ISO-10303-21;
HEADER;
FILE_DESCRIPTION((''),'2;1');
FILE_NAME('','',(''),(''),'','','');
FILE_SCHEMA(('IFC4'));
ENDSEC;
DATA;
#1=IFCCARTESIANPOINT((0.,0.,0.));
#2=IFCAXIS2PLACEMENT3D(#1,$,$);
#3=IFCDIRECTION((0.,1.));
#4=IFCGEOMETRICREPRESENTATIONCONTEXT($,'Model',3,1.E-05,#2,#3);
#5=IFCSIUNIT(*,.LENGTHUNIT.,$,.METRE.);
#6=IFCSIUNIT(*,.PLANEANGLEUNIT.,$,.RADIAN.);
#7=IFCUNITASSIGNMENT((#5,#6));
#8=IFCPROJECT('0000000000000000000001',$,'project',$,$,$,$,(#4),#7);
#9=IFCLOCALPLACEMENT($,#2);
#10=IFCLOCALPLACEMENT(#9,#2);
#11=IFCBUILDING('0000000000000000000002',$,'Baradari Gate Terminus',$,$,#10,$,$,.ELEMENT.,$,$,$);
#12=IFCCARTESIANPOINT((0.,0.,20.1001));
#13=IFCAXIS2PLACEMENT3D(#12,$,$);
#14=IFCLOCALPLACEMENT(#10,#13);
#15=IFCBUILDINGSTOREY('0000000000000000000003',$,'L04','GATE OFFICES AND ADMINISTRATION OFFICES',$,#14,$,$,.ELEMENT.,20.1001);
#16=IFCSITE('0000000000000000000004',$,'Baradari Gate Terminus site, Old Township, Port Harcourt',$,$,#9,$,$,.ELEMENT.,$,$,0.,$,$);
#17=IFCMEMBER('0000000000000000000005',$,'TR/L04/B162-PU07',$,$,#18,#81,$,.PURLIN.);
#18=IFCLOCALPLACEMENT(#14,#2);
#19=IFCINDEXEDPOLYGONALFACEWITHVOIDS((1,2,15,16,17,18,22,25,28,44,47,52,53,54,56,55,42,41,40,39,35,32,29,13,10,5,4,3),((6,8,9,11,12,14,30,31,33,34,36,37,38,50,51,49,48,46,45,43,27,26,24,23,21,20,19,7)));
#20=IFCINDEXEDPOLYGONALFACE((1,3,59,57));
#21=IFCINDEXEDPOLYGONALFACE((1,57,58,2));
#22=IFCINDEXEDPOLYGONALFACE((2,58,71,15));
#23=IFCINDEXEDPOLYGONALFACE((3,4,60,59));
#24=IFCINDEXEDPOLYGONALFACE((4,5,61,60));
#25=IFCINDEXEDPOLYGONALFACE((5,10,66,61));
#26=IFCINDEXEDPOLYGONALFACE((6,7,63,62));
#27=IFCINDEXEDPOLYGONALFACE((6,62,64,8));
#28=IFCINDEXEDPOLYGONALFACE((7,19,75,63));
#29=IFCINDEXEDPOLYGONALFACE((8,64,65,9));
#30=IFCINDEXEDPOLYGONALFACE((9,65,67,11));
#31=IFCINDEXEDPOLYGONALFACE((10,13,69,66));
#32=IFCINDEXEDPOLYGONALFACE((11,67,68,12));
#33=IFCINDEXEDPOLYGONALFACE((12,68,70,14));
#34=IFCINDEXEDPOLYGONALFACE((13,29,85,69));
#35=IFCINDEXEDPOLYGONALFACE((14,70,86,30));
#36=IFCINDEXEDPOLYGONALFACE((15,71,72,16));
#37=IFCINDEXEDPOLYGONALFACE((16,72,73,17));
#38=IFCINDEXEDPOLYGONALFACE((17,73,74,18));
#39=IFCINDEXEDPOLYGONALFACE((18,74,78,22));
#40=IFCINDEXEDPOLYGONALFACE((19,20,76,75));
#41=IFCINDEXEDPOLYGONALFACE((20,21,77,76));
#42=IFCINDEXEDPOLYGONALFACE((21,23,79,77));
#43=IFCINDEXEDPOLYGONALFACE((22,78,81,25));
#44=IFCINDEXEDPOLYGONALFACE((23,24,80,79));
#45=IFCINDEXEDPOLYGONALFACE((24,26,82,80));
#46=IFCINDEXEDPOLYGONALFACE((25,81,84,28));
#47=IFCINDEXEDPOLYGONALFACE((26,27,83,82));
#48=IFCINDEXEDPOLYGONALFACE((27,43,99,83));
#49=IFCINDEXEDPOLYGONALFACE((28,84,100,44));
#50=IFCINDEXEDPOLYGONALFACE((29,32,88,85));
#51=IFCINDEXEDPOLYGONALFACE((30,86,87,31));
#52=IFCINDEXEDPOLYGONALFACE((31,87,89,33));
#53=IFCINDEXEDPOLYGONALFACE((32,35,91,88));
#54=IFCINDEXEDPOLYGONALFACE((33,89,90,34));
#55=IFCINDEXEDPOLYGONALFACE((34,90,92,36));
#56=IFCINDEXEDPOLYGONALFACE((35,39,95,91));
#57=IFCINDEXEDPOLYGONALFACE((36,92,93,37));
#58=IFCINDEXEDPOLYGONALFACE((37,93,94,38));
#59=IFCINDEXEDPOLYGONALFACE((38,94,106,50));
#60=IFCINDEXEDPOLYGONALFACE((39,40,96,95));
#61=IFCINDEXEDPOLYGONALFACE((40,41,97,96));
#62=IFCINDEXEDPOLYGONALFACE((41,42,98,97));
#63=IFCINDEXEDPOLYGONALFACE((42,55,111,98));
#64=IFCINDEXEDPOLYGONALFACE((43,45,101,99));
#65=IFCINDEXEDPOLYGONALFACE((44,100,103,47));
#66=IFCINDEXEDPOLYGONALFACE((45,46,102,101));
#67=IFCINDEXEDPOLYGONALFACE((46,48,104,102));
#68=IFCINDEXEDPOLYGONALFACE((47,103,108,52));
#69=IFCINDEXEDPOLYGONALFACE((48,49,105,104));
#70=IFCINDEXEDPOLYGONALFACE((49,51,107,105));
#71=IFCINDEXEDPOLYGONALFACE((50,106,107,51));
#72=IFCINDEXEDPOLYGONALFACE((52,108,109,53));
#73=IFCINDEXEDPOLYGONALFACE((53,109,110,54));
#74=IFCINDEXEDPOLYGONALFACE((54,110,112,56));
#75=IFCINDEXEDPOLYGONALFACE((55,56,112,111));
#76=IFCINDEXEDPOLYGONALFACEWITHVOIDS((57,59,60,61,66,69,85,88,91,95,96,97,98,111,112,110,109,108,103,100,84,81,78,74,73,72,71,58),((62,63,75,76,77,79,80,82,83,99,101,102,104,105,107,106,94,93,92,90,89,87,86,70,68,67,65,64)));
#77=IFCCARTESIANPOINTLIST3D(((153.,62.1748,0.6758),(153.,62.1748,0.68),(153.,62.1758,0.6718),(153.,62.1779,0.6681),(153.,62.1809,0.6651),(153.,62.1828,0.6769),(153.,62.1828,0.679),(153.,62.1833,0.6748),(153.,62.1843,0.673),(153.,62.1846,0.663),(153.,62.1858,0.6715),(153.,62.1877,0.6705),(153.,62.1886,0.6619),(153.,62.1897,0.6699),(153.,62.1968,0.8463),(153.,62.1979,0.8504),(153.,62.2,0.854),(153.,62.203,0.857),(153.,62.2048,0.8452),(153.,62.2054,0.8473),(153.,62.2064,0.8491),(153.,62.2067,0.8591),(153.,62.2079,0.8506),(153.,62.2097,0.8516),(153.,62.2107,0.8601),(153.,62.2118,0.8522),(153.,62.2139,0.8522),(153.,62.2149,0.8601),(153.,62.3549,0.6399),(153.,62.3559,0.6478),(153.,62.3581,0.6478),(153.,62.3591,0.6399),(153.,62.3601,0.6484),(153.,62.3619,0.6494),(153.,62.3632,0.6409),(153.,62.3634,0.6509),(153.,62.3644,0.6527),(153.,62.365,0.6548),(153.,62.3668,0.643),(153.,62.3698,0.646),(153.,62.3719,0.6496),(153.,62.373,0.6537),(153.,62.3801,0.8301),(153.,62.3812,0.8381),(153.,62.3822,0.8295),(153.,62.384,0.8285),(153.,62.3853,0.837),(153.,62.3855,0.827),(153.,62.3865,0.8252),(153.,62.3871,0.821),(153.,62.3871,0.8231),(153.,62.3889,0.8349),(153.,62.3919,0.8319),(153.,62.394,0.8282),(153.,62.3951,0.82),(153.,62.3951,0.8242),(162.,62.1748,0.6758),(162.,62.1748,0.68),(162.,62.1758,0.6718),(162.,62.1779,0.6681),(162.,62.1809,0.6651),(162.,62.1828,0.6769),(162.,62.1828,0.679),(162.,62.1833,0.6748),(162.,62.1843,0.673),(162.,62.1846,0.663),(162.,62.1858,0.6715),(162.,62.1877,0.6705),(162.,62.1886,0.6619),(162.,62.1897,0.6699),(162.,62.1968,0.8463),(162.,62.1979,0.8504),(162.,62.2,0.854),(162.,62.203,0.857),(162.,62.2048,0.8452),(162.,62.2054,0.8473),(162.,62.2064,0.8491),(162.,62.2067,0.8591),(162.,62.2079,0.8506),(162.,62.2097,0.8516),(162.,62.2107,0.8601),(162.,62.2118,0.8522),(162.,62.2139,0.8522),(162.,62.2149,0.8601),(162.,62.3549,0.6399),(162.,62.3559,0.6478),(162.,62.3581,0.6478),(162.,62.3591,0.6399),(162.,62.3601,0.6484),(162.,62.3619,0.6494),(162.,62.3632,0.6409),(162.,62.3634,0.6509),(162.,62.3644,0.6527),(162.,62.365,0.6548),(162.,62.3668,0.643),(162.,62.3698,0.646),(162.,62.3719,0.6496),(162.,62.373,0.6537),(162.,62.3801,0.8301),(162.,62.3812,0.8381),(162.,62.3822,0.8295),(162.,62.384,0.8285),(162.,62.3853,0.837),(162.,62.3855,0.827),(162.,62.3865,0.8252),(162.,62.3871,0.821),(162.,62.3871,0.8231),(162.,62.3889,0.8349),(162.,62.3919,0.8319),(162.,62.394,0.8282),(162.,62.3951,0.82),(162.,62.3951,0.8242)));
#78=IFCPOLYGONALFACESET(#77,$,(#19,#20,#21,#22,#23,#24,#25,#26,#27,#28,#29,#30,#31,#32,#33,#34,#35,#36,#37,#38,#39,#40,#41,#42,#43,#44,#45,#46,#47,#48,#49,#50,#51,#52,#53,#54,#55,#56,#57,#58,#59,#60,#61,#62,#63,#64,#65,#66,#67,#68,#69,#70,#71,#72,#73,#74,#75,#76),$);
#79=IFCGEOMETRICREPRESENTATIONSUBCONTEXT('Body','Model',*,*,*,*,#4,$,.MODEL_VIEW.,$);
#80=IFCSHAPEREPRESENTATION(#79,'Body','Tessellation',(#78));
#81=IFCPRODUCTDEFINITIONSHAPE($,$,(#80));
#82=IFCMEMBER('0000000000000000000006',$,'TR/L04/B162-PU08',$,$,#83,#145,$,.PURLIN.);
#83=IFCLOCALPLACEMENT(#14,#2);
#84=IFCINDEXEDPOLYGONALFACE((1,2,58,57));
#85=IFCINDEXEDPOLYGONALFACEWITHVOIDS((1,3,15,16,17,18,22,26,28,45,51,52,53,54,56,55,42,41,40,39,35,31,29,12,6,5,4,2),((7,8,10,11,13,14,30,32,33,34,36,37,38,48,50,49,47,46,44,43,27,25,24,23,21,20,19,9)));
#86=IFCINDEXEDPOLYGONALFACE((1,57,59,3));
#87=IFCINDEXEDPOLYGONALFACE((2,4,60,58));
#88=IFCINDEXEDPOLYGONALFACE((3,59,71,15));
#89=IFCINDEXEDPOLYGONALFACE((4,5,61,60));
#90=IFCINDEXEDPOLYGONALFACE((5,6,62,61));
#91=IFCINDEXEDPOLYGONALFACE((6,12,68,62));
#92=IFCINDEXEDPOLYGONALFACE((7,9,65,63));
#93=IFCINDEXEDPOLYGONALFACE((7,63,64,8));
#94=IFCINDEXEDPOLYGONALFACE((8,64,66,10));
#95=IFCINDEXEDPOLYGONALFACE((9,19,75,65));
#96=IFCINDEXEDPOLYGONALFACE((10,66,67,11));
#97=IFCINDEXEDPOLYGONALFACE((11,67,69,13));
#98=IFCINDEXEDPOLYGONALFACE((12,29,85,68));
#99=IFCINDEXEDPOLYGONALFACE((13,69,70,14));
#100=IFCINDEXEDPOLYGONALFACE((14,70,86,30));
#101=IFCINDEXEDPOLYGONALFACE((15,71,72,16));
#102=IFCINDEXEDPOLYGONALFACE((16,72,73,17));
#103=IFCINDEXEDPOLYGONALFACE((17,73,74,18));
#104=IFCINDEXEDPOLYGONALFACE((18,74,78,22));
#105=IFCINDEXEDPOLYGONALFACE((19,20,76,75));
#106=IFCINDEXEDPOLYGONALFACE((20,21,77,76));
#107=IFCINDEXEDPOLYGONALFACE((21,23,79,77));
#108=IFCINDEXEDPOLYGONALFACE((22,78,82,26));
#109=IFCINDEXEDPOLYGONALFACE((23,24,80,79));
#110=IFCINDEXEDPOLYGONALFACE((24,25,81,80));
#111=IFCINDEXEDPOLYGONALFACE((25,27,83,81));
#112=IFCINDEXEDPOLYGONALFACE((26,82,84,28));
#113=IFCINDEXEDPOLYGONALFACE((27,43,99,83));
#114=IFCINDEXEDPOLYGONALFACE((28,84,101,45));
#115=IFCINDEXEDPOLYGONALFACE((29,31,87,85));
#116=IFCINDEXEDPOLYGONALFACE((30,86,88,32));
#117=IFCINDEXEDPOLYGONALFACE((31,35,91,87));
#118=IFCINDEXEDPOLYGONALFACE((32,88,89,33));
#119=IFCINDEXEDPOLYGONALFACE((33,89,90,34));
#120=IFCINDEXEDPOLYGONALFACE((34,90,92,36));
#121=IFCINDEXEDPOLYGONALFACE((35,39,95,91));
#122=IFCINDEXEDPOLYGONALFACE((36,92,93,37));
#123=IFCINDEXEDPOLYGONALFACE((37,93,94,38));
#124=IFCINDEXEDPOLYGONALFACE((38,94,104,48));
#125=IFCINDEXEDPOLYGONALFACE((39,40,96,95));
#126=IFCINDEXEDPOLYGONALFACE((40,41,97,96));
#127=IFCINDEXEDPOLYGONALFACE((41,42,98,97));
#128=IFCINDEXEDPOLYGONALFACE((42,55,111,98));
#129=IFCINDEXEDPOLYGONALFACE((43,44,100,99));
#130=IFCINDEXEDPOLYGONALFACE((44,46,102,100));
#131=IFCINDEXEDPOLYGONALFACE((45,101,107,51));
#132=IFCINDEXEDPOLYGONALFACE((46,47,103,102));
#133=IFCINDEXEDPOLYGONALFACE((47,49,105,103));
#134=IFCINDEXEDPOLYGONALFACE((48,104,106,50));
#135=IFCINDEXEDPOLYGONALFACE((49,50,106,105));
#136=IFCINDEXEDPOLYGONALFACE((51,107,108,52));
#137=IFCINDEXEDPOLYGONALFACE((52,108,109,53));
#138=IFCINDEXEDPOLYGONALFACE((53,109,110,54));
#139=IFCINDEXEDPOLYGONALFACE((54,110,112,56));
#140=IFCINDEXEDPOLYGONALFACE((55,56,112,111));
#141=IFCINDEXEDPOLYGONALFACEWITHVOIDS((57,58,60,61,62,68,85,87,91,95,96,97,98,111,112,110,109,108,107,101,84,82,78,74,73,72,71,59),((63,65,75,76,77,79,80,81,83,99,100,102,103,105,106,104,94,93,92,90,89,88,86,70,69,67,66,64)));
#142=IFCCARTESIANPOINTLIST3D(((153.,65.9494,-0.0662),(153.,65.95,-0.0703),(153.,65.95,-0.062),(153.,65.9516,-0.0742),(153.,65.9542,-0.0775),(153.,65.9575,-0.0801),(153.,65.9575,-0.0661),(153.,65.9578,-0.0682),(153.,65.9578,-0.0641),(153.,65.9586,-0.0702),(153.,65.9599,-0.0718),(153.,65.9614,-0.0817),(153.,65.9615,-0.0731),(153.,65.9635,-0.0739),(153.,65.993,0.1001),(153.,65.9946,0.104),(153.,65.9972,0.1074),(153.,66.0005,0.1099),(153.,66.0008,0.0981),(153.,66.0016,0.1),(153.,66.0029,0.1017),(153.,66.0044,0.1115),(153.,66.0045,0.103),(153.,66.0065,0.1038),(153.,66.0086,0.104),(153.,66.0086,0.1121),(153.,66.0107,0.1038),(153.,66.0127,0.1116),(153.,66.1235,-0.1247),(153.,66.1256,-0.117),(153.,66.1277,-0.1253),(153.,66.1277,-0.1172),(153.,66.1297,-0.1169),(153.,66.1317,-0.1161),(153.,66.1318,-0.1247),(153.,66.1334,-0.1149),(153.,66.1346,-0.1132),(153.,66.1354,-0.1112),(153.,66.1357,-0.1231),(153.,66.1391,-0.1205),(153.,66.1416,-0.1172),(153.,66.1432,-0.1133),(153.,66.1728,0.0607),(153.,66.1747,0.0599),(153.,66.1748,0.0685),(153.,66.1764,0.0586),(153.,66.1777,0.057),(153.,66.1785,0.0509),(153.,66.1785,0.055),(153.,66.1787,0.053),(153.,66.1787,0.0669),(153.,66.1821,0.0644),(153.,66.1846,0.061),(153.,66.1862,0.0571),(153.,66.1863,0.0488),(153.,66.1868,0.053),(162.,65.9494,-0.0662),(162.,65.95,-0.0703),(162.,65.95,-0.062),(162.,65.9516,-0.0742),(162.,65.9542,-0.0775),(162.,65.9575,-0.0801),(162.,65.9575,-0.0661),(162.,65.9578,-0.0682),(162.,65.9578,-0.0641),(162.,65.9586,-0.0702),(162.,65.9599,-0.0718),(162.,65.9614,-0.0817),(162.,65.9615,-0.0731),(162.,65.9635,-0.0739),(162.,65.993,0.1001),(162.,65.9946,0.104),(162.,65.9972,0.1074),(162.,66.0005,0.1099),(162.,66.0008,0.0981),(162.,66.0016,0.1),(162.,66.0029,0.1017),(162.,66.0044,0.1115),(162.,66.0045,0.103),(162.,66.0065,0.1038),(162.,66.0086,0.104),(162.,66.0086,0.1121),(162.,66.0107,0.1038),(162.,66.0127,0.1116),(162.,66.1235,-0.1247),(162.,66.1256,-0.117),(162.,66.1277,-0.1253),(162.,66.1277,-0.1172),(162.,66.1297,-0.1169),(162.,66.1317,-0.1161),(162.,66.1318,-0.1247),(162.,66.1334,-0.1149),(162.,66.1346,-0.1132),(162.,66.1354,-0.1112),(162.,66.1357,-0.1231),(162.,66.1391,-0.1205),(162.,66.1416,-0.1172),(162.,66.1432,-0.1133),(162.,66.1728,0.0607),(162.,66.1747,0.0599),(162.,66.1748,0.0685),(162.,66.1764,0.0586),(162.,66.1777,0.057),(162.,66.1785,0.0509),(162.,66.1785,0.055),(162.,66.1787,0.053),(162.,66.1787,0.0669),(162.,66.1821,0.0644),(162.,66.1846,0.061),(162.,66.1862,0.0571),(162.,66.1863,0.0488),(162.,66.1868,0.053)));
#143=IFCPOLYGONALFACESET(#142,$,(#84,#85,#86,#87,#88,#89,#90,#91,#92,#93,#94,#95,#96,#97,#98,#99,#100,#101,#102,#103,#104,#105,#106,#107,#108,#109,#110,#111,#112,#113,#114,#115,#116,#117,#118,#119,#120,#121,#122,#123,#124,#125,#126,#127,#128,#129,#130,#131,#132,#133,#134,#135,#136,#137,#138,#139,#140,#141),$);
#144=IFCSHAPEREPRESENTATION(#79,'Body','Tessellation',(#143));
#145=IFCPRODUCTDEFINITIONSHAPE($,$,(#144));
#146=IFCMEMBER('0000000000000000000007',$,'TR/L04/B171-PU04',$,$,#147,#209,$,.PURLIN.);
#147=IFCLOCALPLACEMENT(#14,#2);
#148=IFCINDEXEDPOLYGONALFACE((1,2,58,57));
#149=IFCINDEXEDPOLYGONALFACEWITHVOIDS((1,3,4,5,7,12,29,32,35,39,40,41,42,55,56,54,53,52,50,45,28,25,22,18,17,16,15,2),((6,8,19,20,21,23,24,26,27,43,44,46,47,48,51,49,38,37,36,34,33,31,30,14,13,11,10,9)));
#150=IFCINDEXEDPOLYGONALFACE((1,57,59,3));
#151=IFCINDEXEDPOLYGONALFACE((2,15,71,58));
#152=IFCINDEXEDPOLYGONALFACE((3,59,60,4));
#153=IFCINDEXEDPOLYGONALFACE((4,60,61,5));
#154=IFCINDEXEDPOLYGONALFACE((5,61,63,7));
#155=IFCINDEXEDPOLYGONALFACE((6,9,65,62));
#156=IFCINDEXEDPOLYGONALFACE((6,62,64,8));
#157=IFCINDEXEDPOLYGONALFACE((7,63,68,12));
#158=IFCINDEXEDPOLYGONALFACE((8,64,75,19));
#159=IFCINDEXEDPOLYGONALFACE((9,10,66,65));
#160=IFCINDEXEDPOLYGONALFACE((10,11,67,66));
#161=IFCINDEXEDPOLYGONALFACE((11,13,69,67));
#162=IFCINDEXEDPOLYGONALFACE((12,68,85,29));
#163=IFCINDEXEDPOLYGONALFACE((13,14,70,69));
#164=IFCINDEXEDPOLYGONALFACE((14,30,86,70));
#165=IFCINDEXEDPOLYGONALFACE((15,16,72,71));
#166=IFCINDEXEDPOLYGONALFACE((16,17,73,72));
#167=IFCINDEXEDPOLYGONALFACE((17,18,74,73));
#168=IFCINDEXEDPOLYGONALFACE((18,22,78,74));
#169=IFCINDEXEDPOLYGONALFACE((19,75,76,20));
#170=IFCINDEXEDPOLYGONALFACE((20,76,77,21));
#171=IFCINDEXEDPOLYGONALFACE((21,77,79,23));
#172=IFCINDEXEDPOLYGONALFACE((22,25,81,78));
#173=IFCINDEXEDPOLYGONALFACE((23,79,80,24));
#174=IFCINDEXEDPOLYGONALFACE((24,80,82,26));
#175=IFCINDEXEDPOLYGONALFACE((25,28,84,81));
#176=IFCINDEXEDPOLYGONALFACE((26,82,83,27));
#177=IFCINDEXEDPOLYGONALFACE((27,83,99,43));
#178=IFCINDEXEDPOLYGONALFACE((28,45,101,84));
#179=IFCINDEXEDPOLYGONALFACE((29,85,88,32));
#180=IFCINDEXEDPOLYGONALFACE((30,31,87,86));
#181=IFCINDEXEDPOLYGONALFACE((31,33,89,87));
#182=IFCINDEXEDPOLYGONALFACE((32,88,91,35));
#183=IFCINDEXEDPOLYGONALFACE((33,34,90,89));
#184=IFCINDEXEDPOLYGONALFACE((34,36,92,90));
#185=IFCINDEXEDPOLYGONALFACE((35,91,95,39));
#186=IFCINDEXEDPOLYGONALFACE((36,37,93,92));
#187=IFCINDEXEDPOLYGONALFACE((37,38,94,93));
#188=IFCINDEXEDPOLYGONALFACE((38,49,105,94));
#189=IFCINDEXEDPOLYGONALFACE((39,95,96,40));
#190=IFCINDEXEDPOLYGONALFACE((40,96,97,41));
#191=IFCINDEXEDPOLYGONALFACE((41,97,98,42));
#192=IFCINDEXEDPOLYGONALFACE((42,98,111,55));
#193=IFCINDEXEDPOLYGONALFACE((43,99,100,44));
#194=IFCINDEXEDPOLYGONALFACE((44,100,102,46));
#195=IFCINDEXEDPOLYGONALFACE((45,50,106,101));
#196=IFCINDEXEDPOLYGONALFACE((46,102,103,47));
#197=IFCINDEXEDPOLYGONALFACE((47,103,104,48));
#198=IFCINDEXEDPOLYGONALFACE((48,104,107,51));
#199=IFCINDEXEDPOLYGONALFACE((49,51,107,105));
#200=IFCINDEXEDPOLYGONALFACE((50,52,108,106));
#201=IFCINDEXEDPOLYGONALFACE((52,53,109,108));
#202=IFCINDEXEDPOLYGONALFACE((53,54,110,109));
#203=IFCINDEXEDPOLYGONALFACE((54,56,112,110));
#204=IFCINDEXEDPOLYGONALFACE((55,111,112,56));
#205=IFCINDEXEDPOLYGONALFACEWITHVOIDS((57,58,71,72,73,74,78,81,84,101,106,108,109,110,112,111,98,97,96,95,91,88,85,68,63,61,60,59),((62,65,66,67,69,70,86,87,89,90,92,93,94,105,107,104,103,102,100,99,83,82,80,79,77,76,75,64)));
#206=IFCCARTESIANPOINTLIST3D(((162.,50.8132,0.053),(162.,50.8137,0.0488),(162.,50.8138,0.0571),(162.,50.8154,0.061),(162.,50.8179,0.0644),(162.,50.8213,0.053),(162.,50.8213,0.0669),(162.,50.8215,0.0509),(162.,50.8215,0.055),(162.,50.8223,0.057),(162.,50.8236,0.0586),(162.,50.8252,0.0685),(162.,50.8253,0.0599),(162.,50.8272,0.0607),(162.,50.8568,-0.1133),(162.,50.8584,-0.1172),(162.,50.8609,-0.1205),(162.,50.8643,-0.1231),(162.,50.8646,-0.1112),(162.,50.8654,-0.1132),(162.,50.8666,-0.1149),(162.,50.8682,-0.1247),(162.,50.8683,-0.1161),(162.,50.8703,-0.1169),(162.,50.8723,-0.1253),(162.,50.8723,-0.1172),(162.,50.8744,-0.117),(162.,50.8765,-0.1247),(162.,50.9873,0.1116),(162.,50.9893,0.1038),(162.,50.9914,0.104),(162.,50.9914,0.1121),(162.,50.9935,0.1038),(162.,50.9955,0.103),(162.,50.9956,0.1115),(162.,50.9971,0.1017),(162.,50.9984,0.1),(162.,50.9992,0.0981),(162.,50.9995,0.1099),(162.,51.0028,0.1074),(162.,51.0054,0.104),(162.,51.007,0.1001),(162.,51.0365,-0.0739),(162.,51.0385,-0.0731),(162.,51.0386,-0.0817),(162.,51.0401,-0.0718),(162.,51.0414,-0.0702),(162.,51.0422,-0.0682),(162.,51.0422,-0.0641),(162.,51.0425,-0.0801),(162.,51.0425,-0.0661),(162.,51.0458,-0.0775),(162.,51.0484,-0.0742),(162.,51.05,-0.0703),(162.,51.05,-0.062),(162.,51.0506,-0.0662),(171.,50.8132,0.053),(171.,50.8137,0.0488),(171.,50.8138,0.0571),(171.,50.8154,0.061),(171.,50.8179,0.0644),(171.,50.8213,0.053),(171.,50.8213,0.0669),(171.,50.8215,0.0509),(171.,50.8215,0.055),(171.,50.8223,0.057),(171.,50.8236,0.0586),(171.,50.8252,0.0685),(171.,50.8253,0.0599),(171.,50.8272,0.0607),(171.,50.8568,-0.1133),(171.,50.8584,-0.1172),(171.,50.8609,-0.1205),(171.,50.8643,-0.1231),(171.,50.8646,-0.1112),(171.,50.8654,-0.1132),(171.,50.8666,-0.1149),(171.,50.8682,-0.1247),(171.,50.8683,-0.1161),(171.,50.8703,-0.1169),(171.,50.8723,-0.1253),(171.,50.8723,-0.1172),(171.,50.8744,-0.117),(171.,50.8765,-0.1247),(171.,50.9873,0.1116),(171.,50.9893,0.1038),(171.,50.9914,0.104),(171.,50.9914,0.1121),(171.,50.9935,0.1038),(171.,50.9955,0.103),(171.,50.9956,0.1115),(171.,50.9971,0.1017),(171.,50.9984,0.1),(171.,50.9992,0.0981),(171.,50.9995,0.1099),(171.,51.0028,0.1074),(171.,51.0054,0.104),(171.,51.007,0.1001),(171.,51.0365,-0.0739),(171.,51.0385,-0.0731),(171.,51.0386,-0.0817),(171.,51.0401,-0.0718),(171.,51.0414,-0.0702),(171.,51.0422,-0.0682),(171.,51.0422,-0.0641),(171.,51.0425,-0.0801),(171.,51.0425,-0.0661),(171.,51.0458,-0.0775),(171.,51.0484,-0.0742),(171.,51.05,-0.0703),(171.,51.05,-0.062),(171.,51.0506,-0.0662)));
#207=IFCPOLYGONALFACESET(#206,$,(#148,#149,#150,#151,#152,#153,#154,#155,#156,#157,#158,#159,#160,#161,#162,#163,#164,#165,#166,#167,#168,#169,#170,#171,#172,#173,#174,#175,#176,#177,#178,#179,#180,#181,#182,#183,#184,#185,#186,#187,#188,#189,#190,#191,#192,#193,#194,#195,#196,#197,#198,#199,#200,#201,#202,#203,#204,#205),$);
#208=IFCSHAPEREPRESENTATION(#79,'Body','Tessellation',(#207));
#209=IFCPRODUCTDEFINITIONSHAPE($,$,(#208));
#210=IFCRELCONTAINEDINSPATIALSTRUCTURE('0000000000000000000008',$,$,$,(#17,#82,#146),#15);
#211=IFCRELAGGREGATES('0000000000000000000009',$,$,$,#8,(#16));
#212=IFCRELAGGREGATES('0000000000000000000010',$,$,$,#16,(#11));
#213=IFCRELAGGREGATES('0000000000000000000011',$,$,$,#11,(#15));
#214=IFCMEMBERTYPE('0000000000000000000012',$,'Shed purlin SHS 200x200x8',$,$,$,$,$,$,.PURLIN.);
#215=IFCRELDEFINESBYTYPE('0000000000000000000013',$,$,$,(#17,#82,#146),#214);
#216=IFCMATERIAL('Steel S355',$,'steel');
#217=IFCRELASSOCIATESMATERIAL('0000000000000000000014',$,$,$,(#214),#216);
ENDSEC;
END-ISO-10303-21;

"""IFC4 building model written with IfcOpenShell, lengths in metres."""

from ifc_helpers import new_model, si_unit, direction, frame, origin, origin_2d, place, context, subcontext, project, spatial, hollow_rectangle, extrude, material, material_profile, profile_set, type_object, element, save


model = new_model("IFC4")

# Units and contexts
model_context = context("Model", 3, precision=1e-05, world=origin(), true_north=direction((0.0, 1.0)))
body_context = subcontext(model_context, "Body", "Model", "MODEL_VIEW")
ifc_project = project(units=[si_unit("LENGTHUNIT", "METRE"), si_unit("PLANEANGLEUNIT", "RADIAN")], contexts=[model_context])

# Site, building, storey
site_placement = place(None, origin())
site = spatial("IfcSite", under=ifc_project, at=site_placement, Name="Baradari Gate Terminus site, Old Township, Port Harcourt", CompositionType="ELEMENT", RefElevation=0.0)
building_placement = place(site_placement, origin())
building = spatial("IfcBuilding", under=site, at=building_placement, Name="Baradari Gate Terminus", CompositionType="ELEMENT")
storey_placement = place(building_placement, frame((0.0, 0.0, 20.1001)))
storey = spatial("IfcBuildingStorey", under=building, at=storey_placement, Name="L04", Description="GATE OFFICES AND ADMINISTRATION OFFICES", CompositionType="ELEMENT", Elevation=20.1001)

# Members
ifc_material_1 = material(Name="Steel S355", Category="steel")
ifc_material_profile_1 = material_profile(ifc_material_1, hollow_rectangle(XDim=0.2, YDim=0.2, WallThickness=0.0081, InnerFilletRadius=0.0081, OuterFilletRadius=0.0161, at=origin_2d()), Name="SHS 200x200x8")
ifc_profile_set_1 = profile_set([ifc_material_profile_1], Name="Steel S355")
member_type_1 = type_object("IfcMemberType", Name="Shed purlin SHS 200x200x8", PredefinedType="PURLIN", material=ifc_profile_set_1)
for number, where, z_axis, x_axis, name in (
    (1, (153.0, 62.2849, 0.75), (1.0, 0.0, 0.0), (0.0, 0.991303, -0.131599), "TR/L04/B162-PU07"),
    (2, (153.0, 66.0681, -0.0066), (1.0, 0.0, 0.0), (0.0, 0.9665, -0.256668), "TR/L04/B162-PU08"),
    (3, (162.0, 50.9319, -0.0066), (1.0, 0.0, 0.0), (0.0, 0.9665, 0.256668), "TR/L04/B171-PU04"),
):
    element("IfcMember", number, at=place(storey_placement, frame(where, z_axis=z_axis, x_axis=x_axis)), inside=storey, type_object=member_type_1, Name=name, PredefinedType="PURLIN", context=body_context, shape_type="SweptSolid", body=[
        extrude(hollow_rectangle(XDim=0.2, YDim=0.2, WallThickness=0.0081, InnerFilletRadius=0.0081, OuterFilletRadius=0.0161, at=origin_2d()), origin(), (0.0, 0.0, 1.0), 9.0),
    ])

save(model, "model.ifc")
